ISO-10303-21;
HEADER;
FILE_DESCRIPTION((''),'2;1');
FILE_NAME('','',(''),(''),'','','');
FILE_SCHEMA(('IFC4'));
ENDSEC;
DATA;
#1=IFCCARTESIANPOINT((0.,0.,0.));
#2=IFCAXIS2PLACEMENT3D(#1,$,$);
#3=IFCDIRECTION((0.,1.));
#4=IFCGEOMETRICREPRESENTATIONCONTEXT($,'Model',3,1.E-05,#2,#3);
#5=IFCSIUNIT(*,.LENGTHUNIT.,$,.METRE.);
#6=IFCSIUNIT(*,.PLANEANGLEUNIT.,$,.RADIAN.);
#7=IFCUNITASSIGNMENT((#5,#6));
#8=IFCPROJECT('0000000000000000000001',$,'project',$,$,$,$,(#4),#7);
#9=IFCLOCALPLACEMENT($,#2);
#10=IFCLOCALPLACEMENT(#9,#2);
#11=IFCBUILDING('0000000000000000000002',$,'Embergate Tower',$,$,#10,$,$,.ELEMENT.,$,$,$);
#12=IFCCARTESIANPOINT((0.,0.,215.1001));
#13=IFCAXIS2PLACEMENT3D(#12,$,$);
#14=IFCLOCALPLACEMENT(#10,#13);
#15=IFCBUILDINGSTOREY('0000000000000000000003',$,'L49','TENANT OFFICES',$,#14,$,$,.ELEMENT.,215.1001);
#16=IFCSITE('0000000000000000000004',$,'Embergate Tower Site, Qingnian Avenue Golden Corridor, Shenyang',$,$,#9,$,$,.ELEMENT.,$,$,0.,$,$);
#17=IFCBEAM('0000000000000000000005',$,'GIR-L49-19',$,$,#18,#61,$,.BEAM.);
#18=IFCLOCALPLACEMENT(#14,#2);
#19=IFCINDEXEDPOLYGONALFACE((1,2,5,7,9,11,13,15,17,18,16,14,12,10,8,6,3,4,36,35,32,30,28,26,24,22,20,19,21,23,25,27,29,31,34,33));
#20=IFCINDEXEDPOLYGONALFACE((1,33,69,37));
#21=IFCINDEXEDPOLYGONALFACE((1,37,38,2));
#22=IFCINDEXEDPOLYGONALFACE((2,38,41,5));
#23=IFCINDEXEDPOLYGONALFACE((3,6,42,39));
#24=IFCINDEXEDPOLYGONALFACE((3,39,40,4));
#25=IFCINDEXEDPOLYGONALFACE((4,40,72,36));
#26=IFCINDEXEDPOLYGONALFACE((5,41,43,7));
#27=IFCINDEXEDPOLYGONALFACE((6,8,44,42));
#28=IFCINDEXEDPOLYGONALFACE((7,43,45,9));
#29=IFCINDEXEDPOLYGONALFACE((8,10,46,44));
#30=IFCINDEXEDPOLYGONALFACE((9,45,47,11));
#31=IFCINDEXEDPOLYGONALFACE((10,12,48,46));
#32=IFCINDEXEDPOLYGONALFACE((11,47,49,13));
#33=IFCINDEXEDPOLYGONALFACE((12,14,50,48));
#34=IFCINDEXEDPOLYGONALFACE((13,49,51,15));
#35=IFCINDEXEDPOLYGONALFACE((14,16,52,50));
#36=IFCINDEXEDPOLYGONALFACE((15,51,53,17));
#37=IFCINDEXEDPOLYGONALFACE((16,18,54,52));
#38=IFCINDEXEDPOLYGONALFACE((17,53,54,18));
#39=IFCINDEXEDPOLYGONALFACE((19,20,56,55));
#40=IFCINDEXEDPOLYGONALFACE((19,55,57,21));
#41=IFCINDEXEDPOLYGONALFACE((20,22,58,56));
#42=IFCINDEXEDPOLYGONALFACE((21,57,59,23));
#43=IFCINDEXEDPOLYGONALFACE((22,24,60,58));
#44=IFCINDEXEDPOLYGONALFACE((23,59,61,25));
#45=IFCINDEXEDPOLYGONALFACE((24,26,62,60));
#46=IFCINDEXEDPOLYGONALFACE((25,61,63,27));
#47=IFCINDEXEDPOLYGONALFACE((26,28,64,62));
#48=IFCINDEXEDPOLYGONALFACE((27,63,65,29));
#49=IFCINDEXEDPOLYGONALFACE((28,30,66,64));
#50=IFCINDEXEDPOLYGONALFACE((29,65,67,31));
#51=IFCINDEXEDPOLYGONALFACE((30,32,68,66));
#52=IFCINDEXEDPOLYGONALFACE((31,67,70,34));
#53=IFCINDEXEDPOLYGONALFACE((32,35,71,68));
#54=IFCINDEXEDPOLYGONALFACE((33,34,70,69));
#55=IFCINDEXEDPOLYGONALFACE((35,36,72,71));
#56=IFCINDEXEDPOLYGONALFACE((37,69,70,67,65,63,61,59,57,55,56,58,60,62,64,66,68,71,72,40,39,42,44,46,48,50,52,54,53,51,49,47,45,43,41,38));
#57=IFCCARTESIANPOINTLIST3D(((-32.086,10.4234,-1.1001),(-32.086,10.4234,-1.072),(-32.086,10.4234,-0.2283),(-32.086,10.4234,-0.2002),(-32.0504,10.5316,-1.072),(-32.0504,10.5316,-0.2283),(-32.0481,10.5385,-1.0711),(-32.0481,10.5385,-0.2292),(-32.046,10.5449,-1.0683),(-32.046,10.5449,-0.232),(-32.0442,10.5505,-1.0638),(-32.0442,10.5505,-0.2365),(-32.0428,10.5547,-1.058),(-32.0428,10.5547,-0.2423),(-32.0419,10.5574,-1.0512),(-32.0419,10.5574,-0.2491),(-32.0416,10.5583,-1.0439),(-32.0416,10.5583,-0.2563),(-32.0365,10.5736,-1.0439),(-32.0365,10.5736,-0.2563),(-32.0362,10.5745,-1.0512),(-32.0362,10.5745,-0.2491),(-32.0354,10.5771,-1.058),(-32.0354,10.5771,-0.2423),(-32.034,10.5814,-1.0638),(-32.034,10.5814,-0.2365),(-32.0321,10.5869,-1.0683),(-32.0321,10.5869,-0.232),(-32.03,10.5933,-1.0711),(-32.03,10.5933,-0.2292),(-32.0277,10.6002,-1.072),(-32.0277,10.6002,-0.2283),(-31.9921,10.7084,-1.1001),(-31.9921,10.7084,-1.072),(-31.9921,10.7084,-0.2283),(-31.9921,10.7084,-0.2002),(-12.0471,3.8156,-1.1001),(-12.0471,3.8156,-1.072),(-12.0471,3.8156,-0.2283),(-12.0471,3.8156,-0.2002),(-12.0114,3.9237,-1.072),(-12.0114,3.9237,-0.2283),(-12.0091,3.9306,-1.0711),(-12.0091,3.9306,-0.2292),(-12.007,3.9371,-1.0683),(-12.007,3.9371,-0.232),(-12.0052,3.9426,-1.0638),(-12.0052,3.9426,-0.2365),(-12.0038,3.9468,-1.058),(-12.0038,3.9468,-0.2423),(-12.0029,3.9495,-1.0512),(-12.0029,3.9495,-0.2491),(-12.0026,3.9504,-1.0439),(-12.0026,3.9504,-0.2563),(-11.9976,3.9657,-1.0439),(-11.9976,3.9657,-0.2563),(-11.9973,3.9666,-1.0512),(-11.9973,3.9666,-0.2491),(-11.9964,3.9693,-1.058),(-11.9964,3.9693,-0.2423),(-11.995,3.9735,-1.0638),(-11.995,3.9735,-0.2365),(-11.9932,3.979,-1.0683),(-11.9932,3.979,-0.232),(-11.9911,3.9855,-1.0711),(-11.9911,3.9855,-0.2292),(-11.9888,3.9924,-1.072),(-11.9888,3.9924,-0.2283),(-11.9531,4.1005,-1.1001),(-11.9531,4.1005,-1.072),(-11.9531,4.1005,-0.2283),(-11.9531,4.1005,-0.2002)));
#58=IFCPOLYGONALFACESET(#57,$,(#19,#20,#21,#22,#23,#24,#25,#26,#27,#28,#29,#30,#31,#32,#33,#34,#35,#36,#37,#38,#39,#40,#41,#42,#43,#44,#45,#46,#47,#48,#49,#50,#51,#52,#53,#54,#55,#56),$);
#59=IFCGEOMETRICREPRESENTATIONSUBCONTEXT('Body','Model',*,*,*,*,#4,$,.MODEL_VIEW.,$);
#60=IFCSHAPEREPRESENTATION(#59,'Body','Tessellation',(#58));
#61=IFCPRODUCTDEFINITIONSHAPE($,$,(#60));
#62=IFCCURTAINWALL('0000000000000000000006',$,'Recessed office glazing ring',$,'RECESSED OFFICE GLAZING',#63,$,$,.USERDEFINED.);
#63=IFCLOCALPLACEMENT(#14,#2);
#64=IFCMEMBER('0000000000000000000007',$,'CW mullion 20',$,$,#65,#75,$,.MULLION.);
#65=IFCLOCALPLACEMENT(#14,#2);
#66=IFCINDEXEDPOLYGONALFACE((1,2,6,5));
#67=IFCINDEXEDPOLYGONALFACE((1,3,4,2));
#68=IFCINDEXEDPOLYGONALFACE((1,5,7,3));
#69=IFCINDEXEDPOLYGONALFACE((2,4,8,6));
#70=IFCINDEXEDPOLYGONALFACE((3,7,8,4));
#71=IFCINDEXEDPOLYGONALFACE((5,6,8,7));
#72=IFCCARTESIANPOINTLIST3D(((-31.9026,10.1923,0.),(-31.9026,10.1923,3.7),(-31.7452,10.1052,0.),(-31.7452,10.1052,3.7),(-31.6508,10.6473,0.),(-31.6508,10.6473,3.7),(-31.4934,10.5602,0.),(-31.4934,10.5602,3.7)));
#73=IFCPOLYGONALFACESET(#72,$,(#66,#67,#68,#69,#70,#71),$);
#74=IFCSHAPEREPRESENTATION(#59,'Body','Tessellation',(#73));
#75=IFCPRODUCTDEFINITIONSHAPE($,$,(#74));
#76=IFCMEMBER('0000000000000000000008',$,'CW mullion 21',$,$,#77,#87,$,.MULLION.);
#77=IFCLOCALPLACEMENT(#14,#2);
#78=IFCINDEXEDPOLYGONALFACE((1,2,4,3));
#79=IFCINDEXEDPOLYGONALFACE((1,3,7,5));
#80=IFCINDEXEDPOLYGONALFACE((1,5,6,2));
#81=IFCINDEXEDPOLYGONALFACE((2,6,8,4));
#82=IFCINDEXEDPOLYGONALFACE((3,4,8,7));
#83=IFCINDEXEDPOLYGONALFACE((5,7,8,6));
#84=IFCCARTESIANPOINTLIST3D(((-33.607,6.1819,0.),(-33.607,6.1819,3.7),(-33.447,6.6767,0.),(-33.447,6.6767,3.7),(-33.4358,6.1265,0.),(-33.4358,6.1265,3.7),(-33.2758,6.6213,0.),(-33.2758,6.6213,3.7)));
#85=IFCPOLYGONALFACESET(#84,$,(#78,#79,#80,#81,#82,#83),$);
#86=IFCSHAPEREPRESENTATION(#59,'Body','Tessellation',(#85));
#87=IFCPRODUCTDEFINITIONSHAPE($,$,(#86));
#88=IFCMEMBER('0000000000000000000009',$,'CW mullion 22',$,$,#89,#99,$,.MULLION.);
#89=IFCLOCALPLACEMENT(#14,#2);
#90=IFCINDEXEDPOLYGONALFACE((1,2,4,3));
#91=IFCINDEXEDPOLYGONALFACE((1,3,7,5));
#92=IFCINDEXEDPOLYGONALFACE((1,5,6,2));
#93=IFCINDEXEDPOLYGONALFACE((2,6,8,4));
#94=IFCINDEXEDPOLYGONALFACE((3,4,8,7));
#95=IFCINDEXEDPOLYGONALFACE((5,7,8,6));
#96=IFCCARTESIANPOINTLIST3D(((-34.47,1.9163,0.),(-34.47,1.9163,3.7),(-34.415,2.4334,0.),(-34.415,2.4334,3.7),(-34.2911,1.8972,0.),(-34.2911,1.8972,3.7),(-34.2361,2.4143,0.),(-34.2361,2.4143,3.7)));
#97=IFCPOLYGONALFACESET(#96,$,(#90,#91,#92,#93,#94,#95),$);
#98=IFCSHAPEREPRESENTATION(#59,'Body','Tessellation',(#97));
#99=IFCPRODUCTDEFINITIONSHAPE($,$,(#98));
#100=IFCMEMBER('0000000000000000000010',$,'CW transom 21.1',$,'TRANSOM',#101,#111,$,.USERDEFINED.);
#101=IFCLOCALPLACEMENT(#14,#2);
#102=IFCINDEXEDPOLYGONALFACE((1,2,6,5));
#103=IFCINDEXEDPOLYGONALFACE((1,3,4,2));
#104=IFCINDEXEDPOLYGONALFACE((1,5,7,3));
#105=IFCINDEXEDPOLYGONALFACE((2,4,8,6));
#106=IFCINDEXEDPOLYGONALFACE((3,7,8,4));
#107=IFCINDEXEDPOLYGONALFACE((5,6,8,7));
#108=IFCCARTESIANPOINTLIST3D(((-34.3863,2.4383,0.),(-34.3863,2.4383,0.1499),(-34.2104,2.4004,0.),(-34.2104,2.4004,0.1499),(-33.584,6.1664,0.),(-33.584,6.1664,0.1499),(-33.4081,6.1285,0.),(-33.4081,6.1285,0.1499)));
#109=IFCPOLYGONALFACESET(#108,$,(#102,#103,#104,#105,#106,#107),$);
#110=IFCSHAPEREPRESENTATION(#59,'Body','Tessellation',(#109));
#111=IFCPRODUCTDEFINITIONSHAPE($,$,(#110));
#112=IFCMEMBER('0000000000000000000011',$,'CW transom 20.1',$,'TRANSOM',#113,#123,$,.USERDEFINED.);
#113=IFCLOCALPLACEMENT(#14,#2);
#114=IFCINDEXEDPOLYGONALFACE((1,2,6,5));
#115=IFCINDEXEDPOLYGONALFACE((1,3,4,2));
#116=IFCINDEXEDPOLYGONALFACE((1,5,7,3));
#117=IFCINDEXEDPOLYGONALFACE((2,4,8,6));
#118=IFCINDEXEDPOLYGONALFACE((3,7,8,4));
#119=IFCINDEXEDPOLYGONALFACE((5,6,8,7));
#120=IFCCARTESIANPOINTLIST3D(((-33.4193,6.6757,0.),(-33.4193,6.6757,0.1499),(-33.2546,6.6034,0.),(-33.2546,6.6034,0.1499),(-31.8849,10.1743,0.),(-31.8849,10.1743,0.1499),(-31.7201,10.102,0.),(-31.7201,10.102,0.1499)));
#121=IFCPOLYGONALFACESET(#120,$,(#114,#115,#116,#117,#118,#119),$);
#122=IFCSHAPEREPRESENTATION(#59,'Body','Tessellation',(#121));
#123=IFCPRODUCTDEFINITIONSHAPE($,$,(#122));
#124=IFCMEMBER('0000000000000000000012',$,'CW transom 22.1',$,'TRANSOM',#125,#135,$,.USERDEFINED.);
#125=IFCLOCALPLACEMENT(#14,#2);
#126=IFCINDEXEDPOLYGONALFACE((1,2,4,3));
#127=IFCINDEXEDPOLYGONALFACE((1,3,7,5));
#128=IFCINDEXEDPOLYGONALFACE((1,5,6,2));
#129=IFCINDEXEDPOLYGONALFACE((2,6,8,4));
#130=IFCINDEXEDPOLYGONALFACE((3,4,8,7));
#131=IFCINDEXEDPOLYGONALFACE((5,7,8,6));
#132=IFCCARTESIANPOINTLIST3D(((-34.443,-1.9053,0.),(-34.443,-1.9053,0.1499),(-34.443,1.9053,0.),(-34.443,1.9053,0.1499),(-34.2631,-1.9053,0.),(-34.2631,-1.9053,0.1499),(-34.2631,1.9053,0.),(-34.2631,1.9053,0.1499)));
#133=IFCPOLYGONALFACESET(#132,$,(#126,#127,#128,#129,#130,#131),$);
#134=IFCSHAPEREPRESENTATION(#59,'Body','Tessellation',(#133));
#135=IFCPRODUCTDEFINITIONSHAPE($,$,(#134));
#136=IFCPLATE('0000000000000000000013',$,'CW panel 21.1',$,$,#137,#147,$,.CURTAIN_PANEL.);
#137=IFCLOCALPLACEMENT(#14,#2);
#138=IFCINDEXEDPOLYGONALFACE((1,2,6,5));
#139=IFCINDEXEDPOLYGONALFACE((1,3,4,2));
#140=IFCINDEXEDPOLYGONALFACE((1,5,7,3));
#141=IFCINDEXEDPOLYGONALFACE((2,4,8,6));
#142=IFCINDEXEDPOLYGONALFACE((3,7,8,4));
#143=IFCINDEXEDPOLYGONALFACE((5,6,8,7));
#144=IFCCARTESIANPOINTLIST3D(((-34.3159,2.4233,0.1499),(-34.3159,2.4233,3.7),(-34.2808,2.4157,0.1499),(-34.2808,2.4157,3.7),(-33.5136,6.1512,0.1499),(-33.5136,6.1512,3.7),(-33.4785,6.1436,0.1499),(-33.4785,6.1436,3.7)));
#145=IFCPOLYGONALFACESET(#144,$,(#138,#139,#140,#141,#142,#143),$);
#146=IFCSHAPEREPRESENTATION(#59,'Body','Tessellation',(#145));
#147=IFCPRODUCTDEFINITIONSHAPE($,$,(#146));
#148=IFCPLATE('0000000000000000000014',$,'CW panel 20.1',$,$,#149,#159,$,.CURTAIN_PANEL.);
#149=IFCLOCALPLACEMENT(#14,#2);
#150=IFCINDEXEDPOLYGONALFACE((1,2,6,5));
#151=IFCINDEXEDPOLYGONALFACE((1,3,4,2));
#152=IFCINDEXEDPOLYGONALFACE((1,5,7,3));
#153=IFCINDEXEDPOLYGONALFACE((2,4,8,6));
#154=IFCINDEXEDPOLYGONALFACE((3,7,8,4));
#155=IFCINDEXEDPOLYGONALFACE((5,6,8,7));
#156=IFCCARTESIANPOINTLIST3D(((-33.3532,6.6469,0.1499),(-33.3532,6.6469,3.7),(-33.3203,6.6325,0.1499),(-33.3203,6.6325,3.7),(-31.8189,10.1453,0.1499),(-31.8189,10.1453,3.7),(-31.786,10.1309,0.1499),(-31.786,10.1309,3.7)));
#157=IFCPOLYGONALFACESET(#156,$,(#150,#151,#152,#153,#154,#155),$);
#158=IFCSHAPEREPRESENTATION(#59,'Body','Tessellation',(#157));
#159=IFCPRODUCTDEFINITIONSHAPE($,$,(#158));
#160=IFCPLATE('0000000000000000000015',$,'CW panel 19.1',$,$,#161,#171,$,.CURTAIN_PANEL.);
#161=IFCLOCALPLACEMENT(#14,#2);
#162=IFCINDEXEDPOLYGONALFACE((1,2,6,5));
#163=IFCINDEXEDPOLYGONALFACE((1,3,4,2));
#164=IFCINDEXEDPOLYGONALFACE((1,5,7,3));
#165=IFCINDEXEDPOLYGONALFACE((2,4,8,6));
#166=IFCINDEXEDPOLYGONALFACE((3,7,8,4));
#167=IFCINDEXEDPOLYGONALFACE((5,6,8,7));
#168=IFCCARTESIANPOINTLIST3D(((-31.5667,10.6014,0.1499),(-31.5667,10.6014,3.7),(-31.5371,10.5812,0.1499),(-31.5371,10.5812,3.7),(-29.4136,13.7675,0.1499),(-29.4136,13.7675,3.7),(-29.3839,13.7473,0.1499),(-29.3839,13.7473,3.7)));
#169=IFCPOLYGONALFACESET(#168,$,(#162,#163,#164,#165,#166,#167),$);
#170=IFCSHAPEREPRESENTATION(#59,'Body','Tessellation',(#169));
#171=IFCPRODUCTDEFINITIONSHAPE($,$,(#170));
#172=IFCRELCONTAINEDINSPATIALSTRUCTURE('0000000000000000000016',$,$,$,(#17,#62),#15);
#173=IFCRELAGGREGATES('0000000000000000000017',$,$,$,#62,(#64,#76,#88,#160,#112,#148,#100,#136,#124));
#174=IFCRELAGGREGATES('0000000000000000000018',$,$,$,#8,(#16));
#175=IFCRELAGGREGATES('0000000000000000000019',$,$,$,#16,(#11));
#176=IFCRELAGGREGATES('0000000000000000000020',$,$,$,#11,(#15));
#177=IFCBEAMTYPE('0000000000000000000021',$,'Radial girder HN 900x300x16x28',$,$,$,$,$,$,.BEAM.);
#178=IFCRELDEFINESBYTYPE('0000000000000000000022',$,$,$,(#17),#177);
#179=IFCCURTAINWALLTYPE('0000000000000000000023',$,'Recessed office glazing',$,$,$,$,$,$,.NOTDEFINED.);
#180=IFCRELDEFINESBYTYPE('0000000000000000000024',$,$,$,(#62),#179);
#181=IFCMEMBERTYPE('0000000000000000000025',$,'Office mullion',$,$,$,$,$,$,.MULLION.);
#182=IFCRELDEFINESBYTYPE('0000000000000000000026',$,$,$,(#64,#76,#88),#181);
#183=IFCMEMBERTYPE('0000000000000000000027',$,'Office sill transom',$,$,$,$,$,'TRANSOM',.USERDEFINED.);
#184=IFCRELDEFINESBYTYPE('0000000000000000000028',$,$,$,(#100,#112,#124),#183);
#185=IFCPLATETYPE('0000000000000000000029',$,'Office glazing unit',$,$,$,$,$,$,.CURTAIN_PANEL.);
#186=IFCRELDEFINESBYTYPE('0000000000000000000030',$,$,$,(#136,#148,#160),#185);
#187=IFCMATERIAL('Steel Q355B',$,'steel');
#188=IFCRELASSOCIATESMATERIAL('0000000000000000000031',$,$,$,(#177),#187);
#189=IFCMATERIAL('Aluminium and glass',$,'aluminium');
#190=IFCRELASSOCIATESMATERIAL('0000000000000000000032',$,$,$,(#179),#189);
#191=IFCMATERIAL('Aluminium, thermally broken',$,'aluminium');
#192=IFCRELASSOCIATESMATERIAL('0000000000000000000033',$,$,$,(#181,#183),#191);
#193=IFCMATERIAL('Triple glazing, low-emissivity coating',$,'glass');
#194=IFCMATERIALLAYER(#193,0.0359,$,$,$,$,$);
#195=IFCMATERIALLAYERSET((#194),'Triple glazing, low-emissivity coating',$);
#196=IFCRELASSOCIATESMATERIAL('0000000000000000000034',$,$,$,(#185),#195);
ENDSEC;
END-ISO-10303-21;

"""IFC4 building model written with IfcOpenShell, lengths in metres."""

from ifc_helpers import new_model, si_unit, direction, frame, origin, origin_2d, place, context, subcontext, project, spatial, rectangle, i_section, extrude, source, transform, mapped, material, layer, layer_set, material_profile, profile_set, type_object, element, aggregate, save


model = new_model("IFC4")

# Units and contexts
model_context = context("Model", 3, precision=1e-05, world=origin(), true_north=direction((0.0, 1.0)))
body_context = subcontext(model_context, "Body", "Model", "MODEL_VIEW")
ifc_project = project(units=[si_unit("LENGTHUNIT", "METRE"), si_unit("PLANEANGLEUNIT", "RADIAN")], contexts=[model_context])

# Site, building, storey
site_placement = place(None, origin())
site = spatial("IfcSite", under=ifc_project, at=site_placement, Name="Embergate Tower Site, Qingnian Avenue Golden Corridor, Shenyang", CompositionType="ELEMENT", RefElevation=0.0)
building_placement = place(site_placement, origin())
building = spatial("IfcBuilding", under=site, at=building_placement, Name="Embergate Tower", CompositionType="ELEMENT")
storey_placement = place(building_placement, frame((0.0, 0.0, 215.1001)))
storey = spatial("IfcBuildingStorey", under=building, at=storey_placement, Name="L49", Description="TENANT OFFICES", CompositionType="ELEMENT", Elevation=215.1001)

# Beam
ifc_material_1 = material(Name="Steel Q355B", Category="steel")
ifc_material_profile_1 = material_profile(ifc_material_1, i_section(OverallWidth=0.3, OverallDepth=0.8999, WebThickness=0.0161, FlangeThickness=0.0281, FilletRadius=0.0281, at=origin_2d()), Name="HN 900x300x16x28")
ifc_profile_set_1 = profile_set([ifc_material_profile_1], Name="Steel Q355 grade B")
beam_type_1 = type_object("IfcBeamType", Name="Radial girder HN 900x300x16x28", PredefinedType="BEAM", material=ifc_profile_set_1)
shared_shape_1 = source(origin(), body_context, "Body", "SweptSolid", [
    extrude(i_section(OverallWidth=0.3, OverallDepth=0.8999, WebThickness=0.0161, FlangeThickness=0.0281, FilletRadius=0.0281, at=origin_2d()), origin(), (0.0, 0.0, 1.0), 21.1003),
])
beam_1_placement = place(storey_placement, frame((-32.0391, 10.5659, -0.6501), z_axis=(0.949699, -0.313165, 0.0), x_axis=(0.313165, 0.949699, 0.0)))
element("IfcBeam", 1, at=beam_1_placement, inside=storey, type_object=beam_type_1, Name="GIR-L49-19", PredefinedType="BEAM", context=body_context, shape_type="MappedRepresentation", body=[
    mapped(shared_shape_1, transform((0.0, 0.0, 0.0))),
])

# Curtain wall, members, plates
ifc_material_2 = material(Name="Aluminium and glass", Category="aluminium")
curtain_wall_type = type_object("IfcCurtainWallType", Name="Recessed office glazing", PredefinedType="NOTDEFINED", material=ifc_material_2)
curtain_wall_placement = place(storey_placement, origin())
curtain_wall = element("IfcCurtainWall", 2, at=curtain_wall_placement, inside=storey, type_object=curtain_wall_type, Name="Recessed office glazing ring", ObjectType="RECESSED OFFICE GLAZING", PredefinedType="USERDEFINED")
ifc_material_3 = material(Name="Aluminium, thermally broken", Category="aluminium")
ifc_material_profile_2 = material_profile(ifc_material_3, rectangle(XDim=0.1799, YDim=0.52, at=origin_2d()), Name="AL 520x180")
ifc_profile_set_2 = profile_set([ifc_material_profile_2], Name="Aluminium, thermally broken")
member_type_1 = type_object("IfcMemberType", Name="Office mullion", PredefinedType="MULLION", material=ifc_profile_set_2)
shared_shape_2 = source(origin(), body_context, "Body", "SweptSolid", [
    extrude(rectangle(XDim=0.1799, YDim=0.52, at=origin_2d()), origin(), (0.0, 0.0, 1.0), 3.7),
])
member_1_placement = place(storey_placement, frame((-31.698, 10.3762, 0.0), z_axis=(0.0, 0.0, 1.0), x_axis=(0.875003, -0.484118, 0.0)))
member_1 = element("IfcMember", 3, at=member_1_placement, type_object=member_type_1, Name="CW mullion 20", PredefinedType="MULLION", context=body_context, shape_type="MappedRepresentation", body=[
    mapped(shared_shape_2, transform((0.0, 0.0, 0.0))),
])
member_2_placement = place(storey_placement, frame((-33.4414, 6.4016, 0.0), z_axis=(0.0, 0.0, 1.0), x_axis=(0.951498, -0.307656, 0.0)))
member_2 = element("IfcMember", 4, at=member_2_placement, type_object=member_type_1, Name="CW mullion 21", PredefinedType="MULLION", context=body_context, shape_type="MappedRepresentation", body=[
    mapped(shared_shape_2, transform((0.0, 0.0, 0.0))),
])
member_3_placement = place(storey_placement, frame((-34.353, 2.1653, 0.0), z_axis=(0.0, 0.0, 1.0), x_axis=(0.994385, -0.105823, 0.0)))
member_3 = element("IfcMember", 5, at=member_3_placement, type_object=member_type_1, Name="CW mullion 22", PredefinedType="MULLION", context=body_context, shape_type="MappedRepresentation", body=[
    mapped(shared_shape_2, transform((0.0, 0.0, 0.0))),
])
ifc_material_profile_3 = material_profile(ifc_material_3, rectangle(XDim=0.1799, YDim=0.1499, at=origin_2d()), Name="AL 150x180")
ifc_profile_set_3 = profile_set([ifc_material_profile_3], Name="Aluminium, thermally broken")
member_type_2 = type_object("IfcMemberType", Name="Office sill transom", ElementType="TRANSOM", PredefinedType="USERDEFINED", material=ifc_profile_set_3)
shared_shape_3 = source(origin(), body_context, "Body", "SweptSolid", [
    extrude(rectangle(XDim=0.1799, YDim=0.1499, at=origin_2d()), origin(), (0.0, 0.0, 1.0), 3.8135),
])
member_4_placement = place(storey_placement, frame((-33.4961, 6.1475, 0.075), z_axis=(-0.210377, -0.97762, 0.0), x_axis=(0.97762, -0.210377, 0.0)))
member_4 = element("IfcMember", 6, at=member_4_placement, type_object=member_type_2, Name="CW transom 21.1", ObjectType="TRANSOM", PredefinedType="USERDEFINED", context=body_context, shape_type="MappedRepresentation", body=[
    mapped(shared_shape_3, transform((0.0, 0.0, 0.0))),
])
shared_shape_4 = source(origin(), body_context, "Body", "SweptSolid", [
    extrude(rectangle(XDim=0.1799, YDim=0.1499, at=origin_2d()), origin(), (0.0, 0.0, 1.0), 3.8203),
])
member_5_placement = place(storey_placement, frame((-31.8025, 10.1382, 0.075), z_axis=(-0.401657, -0.91579, 0.0), x_axis=(0.91579, -0.401657, 0.0)))
member_5 = element("IfcMember", 7, at=member_5_placement, type_object=member_type_2, Name="CW transom 20.1", ObjectType="TRANSOM", PredefinedType="USERDEFINED", context=body_context, shape_type="MappedRepresentation", body=[
    mapped(shared_shape_4, transform((0.0, 0.0, 0.0))),
])
shared_shape_5 = source(origin(), body_context, "Body", "SweptSolid", [
    extrude(rectangle(XDim=0.1799, YDim=0.1499, at=origin_2d()), origin(), (0.0, 0.0, 1.0), 3.8105),
])
member_6_placement = place(storey_placement, frame((-34.353, 1.9053, 0.075), z_axis=(0.0, -1.0, 0.0), x_axis=(1.0, 0.0, 0.0)))
member_6 = element("IfcMember", 8, at=member_6_placement, type_object=member_type_2, Name="CW transom 22.1", ObjectType="TRANSOM", PredefinedType="USERDEFINED", context=body_context, shape_type="MappedRepresentation", body=[
    mapped(shared_shape_5, transform((0.0, 0.0, 0.0))),
])
ifc_material_4 = material(Name="Triple glazing, low-emissivity coating", Category="glass")
ifc_layer_1 = layer(ifc_material_4, 0.0359)
ifc_layer_set_1 = layer_set([ifc_layer_1], Name="Triple glazing, low-emissivity coating")
plate_type = type_object("IfcPlateType", Name="Office glazing unit", PredefinedType="CURTAIN_PANEL", material=ifc_layer_set_1)
shared_shape_6 = source(origin(), body_context, "Body", "SweptSolid", [
    extrude(rectangle(XDim=3.8132, YDim=0.0359, at=origin_2d()), origin(), (0.0, 0.0, 1.0), 3.55),
])
plate_1_placement = place(storey_placement, frame((-33.8972, 4.2834, 0.1499), z_axis=(0.0, 0.0, 1.0), x_axis=(-0.210395, -0.977616, 0.0)))
plate_1 = element("IfcPlate", 9, at=plate_1_placement, type_object=plate_type, Name="CW panel 21.1", PredefinedType="CURTAIN_PANEL", context=body_context, shape_type="MappedRepresentation", body=[
    mapped(shared_shape_6, transform((0.0, 0.0, 0.0))),
])
shared_shape_7 = source(origin(), body_context, "Body", "SweptSolid", [
    extrude(rectangle(XDim=3.8201, YDim=0.0359, at=origin_2d()), origin(), (0.0, 0.0, 1.0), 3.55),
])
plate_2_placement = place(storey_placement, frame((-32.5696, 8.3889, 0.1499), z_axis=(0.0, 0.0, 1.0), x_axis=(-0.401649, -0.915794, 0.0)))
plate_2 = element("IfcPlate", 10, at=plate_2_placement, type_object=plate_type, Name="CW panel 20.1", PredefinedType="CURTAIN_PANEL", context=body_context, shape_type="MappedRepresentation", body=[
    mapped(shared_shape_7, transform((0.0, 0.0, 0.0))),
])
shared_shape_8 = source(origin(), body_context, "Body", "SweptSolid", [
    extrude(rectangle(XDim=3.8289, YDim=0.0359, at=origin_2d()), origin(), (0.0, 0.0, 1.0), 3.55),
])
plate_3_placement = place(storey_placement, frame((-30.4753, 12.1743, 0.1499), z_axis=(0.0, 0.0, 1.0), x_axis=(-0.562337, -0.826908, 0.0)))
plate_3 = element("IfcPlate", 11, at=plate_3_placement, type_object=plate_type, Name="CW panel 19.1", PredefinedType="CURTAIN_PANEL", context=body_context, shape_type="MappedRepresentation", body=[
    mapped(shared_shape_8, transform((0.0, 0.0, 0.0))),
])
aggregate(curtain_wall, [member_1, member_2, member_3, plate_3, member_5, plate_2, member_4, plate_1, member_6])

save(model, "model.ifc")
